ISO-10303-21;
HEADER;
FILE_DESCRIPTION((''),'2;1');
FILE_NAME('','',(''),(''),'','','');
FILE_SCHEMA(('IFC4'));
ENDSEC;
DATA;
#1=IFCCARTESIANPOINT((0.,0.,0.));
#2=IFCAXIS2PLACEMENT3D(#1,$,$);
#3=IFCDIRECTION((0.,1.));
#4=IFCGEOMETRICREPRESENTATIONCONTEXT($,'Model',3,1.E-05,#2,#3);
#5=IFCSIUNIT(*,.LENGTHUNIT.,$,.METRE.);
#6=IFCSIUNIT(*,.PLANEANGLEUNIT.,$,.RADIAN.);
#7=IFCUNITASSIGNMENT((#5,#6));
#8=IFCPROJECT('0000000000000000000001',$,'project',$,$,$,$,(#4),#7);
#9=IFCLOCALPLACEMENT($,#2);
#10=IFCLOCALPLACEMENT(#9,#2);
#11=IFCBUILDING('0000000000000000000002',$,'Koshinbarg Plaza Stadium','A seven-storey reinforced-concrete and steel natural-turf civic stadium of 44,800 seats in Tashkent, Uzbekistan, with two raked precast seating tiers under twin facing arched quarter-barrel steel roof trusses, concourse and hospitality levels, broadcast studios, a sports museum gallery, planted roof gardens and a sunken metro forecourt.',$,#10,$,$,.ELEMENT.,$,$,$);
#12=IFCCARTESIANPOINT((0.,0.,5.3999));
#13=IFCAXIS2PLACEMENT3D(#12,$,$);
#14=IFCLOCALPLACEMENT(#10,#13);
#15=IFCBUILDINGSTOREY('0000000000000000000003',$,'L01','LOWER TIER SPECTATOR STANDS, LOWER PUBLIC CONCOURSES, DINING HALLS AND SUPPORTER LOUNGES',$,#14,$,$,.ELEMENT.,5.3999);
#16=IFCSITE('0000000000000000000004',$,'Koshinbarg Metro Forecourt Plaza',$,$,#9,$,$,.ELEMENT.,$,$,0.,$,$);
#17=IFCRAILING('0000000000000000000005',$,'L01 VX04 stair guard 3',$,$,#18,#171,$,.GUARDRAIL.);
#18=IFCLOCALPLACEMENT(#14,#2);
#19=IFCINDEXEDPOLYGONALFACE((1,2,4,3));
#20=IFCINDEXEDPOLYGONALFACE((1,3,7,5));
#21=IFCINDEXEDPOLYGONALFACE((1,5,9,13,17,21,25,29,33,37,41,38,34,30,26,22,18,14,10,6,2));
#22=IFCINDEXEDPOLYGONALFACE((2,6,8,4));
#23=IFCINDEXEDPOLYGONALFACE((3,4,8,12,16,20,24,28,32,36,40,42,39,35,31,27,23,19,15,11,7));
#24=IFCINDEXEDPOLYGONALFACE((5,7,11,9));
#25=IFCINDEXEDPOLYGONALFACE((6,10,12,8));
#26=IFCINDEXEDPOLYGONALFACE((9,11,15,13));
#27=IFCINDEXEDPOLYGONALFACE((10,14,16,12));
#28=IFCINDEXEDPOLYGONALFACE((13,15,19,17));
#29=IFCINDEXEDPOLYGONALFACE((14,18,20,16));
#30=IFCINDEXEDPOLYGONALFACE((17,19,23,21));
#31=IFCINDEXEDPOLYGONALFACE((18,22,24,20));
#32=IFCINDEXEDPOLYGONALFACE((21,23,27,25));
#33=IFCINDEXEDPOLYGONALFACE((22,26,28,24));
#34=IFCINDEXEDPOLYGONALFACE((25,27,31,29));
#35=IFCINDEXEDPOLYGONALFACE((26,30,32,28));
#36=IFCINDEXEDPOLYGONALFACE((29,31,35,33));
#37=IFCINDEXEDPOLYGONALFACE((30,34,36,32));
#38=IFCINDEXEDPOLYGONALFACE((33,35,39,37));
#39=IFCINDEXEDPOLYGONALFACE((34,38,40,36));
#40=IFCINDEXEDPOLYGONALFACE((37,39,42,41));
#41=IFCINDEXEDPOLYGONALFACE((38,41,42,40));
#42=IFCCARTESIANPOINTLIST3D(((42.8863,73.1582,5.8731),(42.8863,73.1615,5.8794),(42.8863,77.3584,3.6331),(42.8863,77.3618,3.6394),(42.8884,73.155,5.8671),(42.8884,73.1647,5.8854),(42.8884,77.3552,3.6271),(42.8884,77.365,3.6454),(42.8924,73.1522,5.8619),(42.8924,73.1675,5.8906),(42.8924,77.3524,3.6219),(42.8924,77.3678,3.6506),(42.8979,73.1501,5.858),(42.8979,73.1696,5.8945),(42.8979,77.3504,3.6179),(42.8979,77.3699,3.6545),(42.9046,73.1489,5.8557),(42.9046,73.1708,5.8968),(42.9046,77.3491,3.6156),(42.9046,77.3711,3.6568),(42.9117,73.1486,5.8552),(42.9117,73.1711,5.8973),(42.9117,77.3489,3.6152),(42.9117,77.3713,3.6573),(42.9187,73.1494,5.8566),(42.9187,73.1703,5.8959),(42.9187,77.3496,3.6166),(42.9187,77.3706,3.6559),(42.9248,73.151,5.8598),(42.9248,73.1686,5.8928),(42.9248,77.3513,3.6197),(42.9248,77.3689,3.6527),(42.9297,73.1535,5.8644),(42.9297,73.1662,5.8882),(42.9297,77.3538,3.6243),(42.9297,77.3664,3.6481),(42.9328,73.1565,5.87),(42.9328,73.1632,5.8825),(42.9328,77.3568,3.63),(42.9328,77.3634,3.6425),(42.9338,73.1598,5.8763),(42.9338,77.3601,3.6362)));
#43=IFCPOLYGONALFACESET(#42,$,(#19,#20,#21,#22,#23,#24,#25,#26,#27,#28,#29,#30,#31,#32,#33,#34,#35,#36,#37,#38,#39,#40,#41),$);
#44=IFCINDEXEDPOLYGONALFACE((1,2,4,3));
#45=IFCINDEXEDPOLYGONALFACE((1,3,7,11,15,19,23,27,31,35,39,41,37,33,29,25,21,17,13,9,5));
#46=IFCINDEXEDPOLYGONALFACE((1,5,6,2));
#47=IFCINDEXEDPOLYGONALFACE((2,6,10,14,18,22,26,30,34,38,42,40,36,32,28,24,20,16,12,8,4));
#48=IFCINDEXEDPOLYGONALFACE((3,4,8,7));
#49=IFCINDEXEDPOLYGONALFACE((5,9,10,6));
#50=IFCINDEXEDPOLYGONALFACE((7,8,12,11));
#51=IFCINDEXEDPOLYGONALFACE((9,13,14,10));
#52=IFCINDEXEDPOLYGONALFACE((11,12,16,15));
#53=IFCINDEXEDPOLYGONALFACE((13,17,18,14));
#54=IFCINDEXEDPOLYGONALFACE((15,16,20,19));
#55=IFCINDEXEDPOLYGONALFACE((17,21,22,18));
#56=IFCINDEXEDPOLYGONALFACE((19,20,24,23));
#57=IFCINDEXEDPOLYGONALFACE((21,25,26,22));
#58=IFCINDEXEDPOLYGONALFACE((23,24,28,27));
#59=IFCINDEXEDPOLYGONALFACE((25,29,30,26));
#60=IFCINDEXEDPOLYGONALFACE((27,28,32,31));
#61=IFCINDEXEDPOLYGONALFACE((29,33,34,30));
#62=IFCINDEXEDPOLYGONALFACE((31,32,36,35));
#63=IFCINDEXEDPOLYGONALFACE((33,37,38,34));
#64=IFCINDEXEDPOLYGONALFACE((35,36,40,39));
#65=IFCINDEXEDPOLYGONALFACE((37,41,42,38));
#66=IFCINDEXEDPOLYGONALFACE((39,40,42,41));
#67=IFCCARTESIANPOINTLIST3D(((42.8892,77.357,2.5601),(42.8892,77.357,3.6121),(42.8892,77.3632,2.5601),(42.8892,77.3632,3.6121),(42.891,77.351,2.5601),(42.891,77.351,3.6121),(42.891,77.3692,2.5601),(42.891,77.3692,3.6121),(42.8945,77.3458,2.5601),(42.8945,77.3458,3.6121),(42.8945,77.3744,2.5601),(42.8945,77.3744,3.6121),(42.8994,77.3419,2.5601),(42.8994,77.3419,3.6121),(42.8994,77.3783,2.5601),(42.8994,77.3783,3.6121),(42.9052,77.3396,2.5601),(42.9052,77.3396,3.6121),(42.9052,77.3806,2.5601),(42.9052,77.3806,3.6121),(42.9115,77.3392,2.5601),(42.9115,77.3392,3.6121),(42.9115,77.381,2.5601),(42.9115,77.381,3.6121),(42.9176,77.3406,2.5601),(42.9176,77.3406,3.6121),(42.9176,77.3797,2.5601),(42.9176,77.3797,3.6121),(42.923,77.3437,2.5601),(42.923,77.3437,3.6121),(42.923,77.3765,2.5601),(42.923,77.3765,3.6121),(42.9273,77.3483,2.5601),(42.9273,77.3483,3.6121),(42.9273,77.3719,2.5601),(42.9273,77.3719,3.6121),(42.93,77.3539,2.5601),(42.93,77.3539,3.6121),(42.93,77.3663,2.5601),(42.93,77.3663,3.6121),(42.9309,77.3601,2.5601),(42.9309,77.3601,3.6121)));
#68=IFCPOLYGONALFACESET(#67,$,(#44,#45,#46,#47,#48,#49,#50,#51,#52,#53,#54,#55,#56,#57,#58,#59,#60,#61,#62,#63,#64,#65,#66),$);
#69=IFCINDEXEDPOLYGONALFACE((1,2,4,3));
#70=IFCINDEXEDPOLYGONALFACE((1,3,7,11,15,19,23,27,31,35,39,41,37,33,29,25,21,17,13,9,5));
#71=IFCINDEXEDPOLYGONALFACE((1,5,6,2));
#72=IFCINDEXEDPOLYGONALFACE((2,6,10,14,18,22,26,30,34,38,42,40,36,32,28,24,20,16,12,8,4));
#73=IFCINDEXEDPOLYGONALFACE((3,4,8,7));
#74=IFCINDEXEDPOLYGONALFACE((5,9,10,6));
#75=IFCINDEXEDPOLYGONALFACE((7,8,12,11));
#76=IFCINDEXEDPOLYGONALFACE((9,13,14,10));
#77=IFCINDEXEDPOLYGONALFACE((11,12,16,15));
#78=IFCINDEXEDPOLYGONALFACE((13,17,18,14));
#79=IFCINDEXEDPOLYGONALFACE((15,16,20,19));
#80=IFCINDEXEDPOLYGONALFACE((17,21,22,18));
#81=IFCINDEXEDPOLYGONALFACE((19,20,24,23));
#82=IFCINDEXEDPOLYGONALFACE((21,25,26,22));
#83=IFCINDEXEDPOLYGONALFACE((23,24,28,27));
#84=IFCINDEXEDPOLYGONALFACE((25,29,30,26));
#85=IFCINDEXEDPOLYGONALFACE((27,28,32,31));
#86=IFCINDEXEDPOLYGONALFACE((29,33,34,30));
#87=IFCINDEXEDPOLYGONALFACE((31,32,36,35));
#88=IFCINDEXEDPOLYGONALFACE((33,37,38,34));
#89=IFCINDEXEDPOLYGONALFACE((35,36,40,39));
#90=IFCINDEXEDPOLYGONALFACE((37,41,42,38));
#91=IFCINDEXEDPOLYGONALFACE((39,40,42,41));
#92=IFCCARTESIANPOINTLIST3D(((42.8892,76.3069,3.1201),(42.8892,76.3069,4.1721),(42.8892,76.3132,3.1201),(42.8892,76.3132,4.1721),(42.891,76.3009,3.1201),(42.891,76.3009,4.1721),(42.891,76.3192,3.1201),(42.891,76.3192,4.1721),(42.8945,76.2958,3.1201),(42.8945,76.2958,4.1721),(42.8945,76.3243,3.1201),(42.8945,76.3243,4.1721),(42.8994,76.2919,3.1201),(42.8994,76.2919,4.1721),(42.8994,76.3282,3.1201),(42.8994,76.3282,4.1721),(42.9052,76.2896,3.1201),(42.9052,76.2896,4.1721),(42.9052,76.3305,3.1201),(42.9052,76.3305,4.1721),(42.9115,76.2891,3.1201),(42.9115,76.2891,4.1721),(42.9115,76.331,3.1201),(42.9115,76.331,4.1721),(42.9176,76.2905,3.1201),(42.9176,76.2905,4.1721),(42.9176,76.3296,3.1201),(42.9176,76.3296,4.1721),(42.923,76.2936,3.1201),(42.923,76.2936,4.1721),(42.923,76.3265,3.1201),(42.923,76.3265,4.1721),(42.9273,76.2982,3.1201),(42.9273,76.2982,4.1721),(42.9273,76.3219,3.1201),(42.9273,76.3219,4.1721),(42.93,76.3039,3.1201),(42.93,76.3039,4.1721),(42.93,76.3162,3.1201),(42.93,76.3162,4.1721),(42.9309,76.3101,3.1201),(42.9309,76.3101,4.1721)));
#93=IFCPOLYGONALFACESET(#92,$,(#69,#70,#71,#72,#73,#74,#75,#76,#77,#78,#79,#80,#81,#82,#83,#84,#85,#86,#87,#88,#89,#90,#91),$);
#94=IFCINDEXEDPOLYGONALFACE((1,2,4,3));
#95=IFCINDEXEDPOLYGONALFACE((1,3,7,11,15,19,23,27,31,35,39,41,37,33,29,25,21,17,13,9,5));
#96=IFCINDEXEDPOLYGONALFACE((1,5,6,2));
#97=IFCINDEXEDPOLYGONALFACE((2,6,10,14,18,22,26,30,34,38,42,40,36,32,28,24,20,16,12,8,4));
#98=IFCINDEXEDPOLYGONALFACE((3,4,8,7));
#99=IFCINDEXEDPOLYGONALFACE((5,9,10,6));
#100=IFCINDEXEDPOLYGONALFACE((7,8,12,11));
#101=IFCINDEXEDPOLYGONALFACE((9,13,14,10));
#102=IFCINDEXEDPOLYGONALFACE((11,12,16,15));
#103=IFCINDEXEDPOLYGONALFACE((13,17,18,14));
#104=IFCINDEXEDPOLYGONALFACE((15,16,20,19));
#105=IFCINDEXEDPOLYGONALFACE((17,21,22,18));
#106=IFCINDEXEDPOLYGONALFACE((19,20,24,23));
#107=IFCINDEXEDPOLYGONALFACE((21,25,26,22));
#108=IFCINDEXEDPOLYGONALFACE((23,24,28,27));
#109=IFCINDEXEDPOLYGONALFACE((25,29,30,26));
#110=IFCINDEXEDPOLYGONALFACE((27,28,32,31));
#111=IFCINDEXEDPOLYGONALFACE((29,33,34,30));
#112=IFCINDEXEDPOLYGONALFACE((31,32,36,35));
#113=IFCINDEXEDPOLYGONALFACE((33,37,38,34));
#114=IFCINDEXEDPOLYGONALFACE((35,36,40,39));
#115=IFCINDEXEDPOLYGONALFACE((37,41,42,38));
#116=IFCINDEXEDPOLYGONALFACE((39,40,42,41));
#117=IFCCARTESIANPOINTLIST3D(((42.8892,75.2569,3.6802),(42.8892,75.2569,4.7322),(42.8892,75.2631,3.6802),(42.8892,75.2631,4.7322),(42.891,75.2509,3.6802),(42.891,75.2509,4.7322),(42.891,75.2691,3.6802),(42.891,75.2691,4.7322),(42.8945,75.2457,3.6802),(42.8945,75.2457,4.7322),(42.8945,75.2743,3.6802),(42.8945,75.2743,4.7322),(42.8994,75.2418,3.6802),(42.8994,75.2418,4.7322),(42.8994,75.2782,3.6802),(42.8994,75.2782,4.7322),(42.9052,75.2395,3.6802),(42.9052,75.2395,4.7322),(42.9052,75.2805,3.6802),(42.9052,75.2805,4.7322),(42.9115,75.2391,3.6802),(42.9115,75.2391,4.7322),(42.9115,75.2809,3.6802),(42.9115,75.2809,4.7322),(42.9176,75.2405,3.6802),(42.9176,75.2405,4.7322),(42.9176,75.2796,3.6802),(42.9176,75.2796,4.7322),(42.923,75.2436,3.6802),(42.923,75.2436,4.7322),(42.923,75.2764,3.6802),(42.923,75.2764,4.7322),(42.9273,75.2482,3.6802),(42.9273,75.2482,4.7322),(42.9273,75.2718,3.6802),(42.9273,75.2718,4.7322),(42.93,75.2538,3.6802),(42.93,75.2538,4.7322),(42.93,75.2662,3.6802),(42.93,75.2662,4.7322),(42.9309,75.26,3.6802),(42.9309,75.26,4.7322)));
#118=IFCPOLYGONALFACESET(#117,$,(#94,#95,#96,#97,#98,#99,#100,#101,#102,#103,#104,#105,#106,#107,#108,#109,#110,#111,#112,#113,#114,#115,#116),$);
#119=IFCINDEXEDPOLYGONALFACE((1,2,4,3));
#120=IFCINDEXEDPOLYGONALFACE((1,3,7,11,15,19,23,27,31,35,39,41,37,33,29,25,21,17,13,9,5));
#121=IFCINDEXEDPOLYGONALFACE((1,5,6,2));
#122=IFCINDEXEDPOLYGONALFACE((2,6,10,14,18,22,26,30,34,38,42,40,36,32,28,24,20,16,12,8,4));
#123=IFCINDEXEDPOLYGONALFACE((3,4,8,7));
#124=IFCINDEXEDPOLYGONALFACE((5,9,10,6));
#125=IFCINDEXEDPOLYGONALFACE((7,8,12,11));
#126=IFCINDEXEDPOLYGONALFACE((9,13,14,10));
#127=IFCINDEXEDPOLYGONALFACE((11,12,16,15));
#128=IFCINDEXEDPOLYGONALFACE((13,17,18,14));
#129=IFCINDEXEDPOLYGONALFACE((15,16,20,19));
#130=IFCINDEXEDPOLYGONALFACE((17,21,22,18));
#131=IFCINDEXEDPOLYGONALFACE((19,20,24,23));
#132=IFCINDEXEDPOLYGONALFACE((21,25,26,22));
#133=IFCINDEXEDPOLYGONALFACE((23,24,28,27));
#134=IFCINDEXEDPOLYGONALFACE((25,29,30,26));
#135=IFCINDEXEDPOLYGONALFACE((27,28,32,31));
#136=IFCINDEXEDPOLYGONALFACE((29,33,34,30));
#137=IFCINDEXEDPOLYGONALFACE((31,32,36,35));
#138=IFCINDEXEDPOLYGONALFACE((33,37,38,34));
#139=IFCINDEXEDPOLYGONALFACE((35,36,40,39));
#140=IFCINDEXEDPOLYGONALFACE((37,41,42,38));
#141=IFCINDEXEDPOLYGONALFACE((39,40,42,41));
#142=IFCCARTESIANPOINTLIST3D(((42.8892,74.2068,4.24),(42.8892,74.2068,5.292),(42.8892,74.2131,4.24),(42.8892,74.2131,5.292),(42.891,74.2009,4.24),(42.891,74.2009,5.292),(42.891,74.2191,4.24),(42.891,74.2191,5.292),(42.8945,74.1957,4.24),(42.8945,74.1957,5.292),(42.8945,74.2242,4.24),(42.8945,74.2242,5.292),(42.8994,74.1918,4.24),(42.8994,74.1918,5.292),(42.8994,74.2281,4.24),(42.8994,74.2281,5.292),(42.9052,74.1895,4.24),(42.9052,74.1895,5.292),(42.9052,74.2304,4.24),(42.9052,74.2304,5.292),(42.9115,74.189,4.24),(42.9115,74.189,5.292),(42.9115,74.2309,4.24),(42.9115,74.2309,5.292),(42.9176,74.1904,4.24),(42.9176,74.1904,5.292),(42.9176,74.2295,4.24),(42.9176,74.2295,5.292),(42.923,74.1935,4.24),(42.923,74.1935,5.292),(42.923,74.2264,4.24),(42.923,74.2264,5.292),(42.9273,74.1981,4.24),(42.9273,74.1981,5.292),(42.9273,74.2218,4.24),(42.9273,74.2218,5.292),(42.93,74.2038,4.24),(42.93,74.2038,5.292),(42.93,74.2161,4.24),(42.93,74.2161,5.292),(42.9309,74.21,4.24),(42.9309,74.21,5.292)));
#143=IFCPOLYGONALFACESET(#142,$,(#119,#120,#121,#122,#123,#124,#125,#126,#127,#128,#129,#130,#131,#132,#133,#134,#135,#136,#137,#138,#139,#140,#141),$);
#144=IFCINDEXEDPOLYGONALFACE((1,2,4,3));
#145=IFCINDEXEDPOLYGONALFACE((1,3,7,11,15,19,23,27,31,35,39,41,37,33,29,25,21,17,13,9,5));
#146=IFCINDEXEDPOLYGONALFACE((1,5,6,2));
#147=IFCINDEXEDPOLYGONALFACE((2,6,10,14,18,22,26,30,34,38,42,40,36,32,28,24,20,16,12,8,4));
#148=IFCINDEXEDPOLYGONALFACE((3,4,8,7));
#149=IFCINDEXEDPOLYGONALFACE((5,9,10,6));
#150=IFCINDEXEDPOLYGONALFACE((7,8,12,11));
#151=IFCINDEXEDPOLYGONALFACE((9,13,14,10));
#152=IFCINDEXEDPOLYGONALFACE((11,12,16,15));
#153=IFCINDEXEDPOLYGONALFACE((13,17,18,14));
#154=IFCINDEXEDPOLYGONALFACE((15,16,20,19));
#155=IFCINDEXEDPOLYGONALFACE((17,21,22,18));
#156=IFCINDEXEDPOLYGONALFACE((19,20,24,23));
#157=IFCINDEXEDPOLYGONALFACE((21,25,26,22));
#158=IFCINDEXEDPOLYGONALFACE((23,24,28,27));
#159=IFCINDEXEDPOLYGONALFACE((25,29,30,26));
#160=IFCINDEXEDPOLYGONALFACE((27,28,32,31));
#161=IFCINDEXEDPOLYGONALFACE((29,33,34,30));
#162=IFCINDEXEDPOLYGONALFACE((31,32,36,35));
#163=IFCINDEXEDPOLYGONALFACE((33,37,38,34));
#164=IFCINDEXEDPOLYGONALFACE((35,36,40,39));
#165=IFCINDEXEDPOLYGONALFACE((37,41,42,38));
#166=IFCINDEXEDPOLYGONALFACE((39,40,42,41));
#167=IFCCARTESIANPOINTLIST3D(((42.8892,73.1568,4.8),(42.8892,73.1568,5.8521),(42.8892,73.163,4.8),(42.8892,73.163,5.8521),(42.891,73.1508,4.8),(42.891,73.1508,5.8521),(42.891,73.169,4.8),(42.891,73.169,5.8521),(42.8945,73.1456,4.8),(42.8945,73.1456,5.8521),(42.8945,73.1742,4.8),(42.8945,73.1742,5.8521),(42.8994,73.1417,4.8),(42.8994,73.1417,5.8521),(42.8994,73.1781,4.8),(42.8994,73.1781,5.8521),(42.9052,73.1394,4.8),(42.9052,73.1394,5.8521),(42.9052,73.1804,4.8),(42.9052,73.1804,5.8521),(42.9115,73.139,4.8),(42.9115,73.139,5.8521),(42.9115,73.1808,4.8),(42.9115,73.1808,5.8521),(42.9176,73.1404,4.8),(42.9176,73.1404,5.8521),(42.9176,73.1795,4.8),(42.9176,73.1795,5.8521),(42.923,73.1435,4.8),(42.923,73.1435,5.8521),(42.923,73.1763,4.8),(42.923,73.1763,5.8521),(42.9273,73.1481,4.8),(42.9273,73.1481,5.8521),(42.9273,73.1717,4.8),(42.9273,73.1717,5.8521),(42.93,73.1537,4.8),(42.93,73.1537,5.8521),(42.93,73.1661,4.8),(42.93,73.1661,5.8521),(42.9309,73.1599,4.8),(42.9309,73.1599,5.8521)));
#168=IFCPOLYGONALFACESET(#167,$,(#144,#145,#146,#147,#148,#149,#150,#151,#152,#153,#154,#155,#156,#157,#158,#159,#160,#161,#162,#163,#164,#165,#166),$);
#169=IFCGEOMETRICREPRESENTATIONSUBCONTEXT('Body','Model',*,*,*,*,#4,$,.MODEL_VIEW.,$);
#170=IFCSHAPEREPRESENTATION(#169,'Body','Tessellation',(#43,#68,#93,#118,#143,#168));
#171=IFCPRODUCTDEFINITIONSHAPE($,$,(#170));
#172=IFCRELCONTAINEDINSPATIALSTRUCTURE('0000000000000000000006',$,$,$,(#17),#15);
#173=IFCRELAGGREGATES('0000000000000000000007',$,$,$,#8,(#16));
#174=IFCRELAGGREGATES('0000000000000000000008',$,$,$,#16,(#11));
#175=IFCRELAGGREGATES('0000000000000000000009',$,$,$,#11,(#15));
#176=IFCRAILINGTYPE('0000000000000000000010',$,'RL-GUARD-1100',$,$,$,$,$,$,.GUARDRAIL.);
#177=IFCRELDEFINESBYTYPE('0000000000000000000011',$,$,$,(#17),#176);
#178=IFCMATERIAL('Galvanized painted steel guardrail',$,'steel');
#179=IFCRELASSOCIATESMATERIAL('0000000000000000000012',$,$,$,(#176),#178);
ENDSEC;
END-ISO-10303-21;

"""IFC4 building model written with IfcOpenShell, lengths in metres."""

from ifc_helpers import new_model, si_unit, direction, frame, origin, origin_2d, place, context, subcontext, project, spatial, circle, extrude, material, type_object, element, save


model = new_model("IFC4")

# Units and contexts
model_context = context("Model", 3, precision=1e-05, world=origin(), true_north=direction((0.0, 1.0)))
body_context = subcontext(model_context, "Body", "Model", "MODEL_VIEW")
ifc_project = project(units=[si_unit("LENGTHUNIT", "METRE"), si_unit("PLANEANGLEUNIT", "RADIAN")], contexts=[model_context])

# Site, building, storey
site_placement = place(None, origin())
site = spatial("IfcSite", under=ifc_project, at=site_placement, Name="Koshinbarg Metro Forecourt Plaza", CompositionType="ELEMENT", RefElevation=0.0)
building_placement = place(site_placement, origin())
building = spatial("IfcBuilding", under=site, at=building_placement, Name="Koshinbarg Plaza Stadium", Description="A seven-storey reinforced-concrete and steel natural-turf civic stadium of 44,800 seats in Tashkent, Uzbekistan, with two raked precast seating tiers under twin facing arched quarter-barrel steel roof trusses, concourse and hospitality levels, broadcast studios, a sports museum gallery, planted roof gardens and a sunken metro forecourt.", CompositionType="ELEMENT")
storey_placement = place(building_placement, frame((0.0, 0.0, 5.3999)))
storey = spatial("IfcBuildingStorey", under=building, at=storey_placement, Name="L01", Description="LOWER TIER SPECTATOR STANDS, LOWER PUBLIC CONCOURSES, DINING HALLS AND SUPPORTER LOUNGES", CompositionType="ELEMENT", Elevation=5.3999)

# Railing
ifc_material_1 = material(Name="Galvanized painted steel guardrail", Category="steel")
railing_type_1 = type_object("IfcRailingType", Name="RL-GUARD-1100", PredefinedType="GUARDRAIL", material=ifc_material_1)
railing_1_placement = place(storey_placement, frame((42.9099, 77.3601, 2.5601)))
element("IfcRailing", 1, at=railing_1_placement, inside=storey, type_object=railing_type_1, Name="L01 VX04 stair guard 3", PredefinedType="GUARDRAIL", context=body_context, shape_type="SweptSolid", body=[
    extrude(circle(Radius=0.0239, at=origin_2d()), frame((0.0, 0.0, 1.0762), z_axis=(0.0, -0.882363, 0.47057), x_axis=(1.0, 0.0, 0.0)), (0.0, 0.0, 1.0), 4.7603),
    extrude(circle(Radius=0.021, at=origin_2d()), origin(), (0.0, 0.0, 1.0), 1.052),
    extrude(circle(Radius=0.021, at=origin_2d()), frame((0.0, -1.05, 0.5601)), (0.0, 0.0, 1.0), 1.052),
    extrude(circle(Radius=0.021, at=origin_2d()), frame((0.0, -2.1001, 1.1201)), (0.0, 0.0, 1.0), 1.052),
    extrude(circle(Radius=0.021, at=origin_2d()), frame((0.0, -3.1501, 1.6799)), (0.0, 0.0, 1.0), 1.052),
    extrude(circle(Radius=0.021, at=origin_2d()), frame((0.0, -4.2002, 2.24)), (0.0, 0.0, 1.0), 1.052),
])

save(model, "model.ifc")
